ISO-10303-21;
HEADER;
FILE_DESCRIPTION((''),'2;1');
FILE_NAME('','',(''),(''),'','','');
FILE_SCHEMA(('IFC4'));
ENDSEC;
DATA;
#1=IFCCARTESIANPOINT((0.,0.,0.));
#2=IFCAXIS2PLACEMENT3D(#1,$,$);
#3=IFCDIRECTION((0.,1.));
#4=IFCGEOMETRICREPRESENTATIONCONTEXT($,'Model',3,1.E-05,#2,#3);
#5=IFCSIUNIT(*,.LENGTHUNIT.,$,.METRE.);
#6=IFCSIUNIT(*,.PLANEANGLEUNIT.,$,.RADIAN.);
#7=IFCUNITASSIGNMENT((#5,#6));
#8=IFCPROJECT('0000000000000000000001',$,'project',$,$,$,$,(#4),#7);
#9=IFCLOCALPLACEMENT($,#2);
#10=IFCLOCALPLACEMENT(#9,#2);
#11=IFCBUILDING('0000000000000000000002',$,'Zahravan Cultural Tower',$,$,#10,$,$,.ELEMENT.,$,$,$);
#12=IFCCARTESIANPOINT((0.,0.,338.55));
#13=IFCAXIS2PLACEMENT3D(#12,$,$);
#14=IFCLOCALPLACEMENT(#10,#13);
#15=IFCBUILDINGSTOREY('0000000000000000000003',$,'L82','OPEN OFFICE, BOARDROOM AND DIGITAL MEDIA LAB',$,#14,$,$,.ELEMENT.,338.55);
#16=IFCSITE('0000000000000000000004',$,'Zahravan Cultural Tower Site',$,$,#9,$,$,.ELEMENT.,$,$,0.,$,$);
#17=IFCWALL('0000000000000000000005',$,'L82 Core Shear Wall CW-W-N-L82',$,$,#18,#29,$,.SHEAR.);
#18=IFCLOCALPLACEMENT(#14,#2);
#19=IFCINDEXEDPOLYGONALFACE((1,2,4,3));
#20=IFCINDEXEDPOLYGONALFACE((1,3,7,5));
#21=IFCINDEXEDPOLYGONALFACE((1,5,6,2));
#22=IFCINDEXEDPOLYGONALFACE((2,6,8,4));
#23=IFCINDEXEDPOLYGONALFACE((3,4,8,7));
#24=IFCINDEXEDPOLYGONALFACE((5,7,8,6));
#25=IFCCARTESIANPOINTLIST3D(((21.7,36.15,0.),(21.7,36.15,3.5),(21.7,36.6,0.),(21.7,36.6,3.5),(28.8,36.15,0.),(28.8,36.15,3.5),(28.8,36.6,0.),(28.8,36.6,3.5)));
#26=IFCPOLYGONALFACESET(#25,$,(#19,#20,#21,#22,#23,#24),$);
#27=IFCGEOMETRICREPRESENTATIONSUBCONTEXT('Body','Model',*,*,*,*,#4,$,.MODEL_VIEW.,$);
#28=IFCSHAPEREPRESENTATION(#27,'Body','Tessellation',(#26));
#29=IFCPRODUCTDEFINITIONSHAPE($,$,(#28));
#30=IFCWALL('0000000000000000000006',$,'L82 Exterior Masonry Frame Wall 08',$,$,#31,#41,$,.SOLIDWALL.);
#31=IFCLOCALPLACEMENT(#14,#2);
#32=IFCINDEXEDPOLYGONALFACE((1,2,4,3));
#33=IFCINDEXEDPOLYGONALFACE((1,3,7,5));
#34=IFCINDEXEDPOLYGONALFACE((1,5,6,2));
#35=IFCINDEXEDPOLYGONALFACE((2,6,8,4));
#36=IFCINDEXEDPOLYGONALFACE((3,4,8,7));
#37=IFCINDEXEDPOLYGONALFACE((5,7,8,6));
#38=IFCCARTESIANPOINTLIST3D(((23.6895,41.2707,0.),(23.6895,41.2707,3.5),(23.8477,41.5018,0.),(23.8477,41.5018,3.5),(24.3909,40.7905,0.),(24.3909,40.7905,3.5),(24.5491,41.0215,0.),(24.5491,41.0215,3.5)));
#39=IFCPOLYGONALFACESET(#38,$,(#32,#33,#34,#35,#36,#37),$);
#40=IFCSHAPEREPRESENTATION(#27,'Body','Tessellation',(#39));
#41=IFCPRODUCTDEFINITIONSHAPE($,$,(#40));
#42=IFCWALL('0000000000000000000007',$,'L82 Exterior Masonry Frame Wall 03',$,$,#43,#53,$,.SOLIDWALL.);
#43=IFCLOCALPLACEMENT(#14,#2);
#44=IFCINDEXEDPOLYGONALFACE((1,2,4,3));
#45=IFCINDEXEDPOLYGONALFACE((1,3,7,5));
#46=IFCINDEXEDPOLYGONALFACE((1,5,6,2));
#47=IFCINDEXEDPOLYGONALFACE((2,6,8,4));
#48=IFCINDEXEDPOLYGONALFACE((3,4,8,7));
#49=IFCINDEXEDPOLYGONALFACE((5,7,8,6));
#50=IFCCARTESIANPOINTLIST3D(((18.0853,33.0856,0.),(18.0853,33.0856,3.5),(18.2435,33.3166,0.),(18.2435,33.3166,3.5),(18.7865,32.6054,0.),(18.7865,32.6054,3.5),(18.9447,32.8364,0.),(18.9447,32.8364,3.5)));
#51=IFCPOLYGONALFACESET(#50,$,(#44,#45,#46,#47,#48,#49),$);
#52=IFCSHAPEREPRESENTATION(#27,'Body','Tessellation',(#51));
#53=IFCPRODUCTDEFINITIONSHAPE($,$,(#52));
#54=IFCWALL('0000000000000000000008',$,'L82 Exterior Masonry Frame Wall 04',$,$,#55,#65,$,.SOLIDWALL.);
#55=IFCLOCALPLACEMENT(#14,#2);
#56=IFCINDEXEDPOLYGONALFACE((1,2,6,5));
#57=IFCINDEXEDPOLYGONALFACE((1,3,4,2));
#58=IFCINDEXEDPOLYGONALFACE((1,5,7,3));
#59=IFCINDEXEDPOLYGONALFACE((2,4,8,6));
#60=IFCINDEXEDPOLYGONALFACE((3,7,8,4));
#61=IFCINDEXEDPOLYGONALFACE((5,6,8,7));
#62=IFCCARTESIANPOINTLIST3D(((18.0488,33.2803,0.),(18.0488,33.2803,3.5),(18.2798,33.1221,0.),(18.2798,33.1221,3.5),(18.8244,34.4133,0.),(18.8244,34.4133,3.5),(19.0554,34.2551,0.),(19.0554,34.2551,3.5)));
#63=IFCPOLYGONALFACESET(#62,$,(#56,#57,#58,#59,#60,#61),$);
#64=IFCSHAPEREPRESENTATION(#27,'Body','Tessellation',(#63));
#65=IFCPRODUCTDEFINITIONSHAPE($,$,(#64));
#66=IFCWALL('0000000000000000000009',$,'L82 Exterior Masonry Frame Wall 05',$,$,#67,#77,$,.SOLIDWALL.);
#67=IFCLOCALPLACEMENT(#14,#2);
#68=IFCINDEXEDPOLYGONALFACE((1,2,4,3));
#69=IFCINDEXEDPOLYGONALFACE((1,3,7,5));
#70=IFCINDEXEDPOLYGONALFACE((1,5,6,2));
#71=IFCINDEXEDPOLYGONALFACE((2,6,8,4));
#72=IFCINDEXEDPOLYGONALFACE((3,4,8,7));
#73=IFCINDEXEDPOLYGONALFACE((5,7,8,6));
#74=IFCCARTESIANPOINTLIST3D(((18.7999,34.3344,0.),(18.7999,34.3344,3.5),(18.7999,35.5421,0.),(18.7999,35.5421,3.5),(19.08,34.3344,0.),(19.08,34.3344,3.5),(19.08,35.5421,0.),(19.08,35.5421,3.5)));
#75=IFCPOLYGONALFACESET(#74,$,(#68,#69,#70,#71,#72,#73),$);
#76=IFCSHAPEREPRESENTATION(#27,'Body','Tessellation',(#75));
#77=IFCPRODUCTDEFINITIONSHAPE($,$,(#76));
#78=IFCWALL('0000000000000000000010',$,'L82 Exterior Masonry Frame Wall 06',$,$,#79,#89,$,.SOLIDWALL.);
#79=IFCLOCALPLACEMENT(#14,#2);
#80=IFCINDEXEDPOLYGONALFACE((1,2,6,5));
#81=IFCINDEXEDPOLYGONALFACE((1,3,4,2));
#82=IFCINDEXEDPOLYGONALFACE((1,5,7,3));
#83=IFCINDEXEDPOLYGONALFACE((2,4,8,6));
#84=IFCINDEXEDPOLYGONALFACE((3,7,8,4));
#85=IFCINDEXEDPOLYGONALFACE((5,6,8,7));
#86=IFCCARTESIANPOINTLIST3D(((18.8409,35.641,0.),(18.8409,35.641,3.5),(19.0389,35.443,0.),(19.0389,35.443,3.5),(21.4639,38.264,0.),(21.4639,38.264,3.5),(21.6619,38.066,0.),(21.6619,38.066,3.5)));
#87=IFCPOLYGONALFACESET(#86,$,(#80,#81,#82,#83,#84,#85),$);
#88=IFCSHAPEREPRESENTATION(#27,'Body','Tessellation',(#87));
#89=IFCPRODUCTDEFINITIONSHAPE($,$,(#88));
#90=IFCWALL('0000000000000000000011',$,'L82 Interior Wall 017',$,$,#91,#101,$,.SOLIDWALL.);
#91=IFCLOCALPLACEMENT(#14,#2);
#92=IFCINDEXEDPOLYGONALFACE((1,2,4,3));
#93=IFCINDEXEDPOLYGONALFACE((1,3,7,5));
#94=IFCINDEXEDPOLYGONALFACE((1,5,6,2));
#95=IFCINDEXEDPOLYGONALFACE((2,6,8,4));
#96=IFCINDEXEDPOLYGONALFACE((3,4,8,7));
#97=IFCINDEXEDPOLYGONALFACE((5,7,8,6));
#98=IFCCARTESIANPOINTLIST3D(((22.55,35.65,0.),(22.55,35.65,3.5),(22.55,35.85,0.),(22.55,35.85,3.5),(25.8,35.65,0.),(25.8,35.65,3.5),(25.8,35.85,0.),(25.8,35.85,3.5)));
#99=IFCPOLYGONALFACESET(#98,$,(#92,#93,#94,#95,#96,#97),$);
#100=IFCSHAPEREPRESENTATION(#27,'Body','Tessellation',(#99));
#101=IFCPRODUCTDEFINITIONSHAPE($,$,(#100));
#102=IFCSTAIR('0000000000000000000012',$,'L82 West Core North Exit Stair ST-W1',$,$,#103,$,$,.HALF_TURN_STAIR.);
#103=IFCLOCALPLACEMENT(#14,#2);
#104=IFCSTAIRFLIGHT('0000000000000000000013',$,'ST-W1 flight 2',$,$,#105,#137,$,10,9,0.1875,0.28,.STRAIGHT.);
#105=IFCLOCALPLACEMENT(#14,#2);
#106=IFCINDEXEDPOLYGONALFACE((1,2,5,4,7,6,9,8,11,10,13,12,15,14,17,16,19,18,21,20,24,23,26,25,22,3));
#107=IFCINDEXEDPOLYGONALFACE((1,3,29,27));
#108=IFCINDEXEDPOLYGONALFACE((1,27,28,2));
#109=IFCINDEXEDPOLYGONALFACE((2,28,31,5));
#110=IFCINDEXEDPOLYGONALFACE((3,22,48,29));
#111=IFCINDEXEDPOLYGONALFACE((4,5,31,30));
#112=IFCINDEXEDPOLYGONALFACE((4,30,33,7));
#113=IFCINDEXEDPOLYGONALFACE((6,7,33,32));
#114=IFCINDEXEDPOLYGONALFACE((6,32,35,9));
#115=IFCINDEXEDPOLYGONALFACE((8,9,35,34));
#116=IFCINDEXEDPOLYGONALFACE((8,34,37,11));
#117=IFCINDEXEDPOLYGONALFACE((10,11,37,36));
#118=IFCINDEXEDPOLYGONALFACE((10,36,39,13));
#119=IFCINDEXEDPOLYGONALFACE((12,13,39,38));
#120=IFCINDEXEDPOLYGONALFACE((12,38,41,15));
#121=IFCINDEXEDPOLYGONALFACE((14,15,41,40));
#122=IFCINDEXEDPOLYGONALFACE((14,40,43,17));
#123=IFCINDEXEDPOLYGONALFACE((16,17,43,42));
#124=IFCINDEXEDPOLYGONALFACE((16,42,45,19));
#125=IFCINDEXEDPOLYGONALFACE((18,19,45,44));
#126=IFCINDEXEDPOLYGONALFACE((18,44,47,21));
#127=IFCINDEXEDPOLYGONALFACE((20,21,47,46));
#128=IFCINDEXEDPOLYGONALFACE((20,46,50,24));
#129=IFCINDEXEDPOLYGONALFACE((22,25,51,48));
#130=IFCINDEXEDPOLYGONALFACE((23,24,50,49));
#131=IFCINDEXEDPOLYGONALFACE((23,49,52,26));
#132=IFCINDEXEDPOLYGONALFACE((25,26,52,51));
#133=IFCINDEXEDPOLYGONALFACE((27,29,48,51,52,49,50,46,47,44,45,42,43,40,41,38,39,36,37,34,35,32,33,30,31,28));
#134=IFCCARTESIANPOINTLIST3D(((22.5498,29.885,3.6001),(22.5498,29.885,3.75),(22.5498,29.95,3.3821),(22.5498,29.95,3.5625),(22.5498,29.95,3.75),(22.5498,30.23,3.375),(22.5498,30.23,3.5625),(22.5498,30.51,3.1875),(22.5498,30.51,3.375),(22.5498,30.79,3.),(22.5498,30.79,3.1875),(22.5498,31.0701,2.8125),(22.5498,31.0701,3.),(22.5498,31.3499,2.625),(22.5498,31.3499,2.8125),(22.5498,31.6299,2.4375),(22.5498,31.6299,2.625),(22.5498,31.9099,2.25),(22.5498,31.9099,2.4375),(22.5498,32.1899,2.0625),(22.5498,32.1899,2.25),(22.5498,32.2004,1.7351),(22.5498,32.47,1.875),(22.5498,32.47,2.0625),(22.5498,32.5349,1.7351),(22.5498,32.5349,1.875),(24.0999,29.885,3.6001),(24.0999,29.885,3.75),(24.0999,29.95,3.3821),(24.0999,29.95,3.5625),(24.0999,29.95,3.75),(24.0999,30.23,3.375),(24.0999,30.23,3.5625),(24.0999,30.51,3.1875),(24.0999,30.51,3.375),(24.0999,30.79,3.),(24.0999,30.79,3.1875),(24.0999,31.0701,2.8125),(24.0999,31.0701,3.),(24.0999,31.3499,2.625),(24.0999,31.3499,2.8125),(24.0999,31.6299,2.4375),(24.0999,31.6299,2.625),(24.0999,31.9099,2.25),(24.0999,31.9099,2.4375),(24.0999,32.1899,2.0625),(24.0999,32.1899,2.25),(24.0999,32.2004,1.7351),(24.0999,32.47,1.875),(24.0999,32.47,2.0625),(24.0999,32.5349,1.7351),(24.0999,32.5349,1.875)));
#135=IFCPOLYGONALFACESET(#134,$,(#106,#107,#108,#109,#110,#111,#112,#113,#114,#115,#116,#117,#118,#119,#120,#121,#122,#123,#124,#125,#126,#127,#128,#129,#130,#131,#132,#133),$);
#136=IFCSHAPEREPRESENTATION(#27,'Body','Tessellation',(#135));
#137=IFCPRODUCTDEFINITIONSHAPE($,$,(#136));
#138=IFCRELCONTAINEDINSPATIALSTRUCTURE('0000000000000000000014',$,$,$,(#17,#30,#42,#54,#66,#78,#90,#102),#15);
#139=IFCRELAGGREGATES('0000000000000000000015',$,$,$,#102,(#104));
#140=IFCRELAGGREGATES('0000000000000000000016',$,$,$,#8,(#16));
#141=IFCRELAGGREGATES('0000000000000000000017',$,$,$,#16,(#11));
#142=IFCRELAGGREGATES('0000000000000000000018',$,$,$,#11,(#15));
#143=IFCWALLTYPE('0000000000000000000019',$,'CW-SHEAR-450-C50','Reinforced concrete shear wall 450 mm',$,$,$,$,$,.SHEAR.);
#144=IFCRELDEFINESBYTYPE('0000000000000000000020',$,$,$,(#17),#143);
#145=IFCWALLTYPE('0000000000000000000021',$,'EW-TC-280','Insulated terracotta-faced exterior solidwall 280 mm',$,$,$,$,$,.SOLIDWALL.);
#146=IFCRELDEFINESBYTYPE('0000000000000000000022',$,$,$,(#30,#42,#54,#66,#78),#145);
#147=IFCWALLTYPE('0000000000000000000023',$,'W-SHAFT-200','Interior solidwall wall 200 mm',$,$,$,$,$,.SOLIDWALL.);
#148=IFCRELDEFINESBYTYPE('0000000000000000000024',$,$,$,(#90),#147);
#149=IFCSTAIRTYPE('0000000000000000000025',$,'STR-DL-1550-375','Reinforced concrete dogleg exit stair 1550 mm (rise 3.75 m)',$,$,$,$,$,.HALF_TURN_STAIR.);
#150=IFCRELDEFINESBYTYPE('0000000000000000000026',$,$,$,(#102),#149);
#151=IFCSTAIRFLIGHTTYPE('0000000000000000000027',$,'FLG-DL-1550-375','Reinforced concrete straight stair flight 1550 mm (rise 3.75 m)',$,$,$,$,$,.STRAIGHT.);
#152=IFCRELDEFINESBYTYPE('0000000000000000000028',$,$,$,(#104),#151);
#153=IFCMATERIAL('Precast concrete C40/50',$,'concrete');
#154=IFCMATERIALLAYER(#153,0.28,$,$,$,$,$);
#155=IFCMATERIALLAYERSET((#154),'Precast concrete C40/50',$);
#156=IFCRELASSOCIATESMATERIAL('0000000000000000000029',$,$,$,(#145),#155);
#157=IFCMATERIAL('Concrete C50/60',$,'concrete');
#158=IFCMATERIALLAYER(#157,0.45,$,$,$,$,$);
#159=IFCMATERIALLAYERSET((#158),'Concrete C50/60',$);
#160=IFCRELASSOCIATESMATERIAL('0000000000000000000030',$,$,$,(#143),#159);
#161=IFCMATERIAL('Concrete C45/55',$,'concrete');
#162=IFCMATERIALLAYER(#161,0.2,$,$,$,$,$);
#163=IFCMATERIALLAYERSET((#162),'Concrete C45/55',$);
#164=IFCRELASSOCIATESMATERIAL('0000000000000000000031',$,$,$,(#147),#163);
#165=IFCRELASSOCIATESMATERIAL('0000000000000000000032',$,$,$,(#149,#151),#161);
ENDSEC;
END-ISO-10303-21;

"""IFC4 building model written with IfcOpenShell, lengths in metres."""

from ifc_helpers import new_model, si_unit, direction, frame, frame_2d, origin, place, context, subcontext, project, spatial, polyline, rectangle, outline, extrude, source, transform, mapped, material, layer, layer_set, type_object, element, aggregate, save


model = new_model("IFC4")

# Units and contexts
model_context = context("Model", 3, precision=1e-05, world=origin(), true_north=direction((0.0, 1.0)))
body_context = subcontext(model_context, "Body", "Model", "MODEL_VIEW")
ifc_project = project(units=[si_unit("LENGTHUNIT", "METRE"), si_unit("PLANEANGLEUNIT", "RADIAN")], contexts=[model_context])

# Site, building, storey
site_placement = place(None, origin())
site = spatial("IfcSite", under=ifc_project, at=site_placement, Name="Zahravan Cultural Tower Site", CompositionType="ELEMENT", RefElevation=0.0)
building_placement = place(site_placement, origin())
building = spatial("IfcBuilding", under=site, at=building_placement, Name="Zahravan Cultural Tower", CompositionType="ELEMENT")
storey_placement = place(building_placement, frame((0.0, 0.0, 338.55)))
storey = spatial("IfcBuildingStorey", under=building, at=storey_placement, Name="L82", Description="OPEN OFFICE, BOARDROOM AND DIGITAL MEDIA LAB", CompositionType="ELEMENT", Elevation=338.55)

# Shared definitions
ifc_material_1 = material(Name="Concrete C50/60", Category="concrete")

# Shared definitions
ifc_material_2 = material(Name="Precast concrete C40/50", Category="concrete")
ifc_layer_1 = layer(ifc_material_2, 0.28)
ifc_layer_set_1 = layer_set([ifc_layer_1], Name="Precast concrete C40/50")
wall_type_1 = type_object("IfcWallType", Name="EW-TC-280", Description="Insulated terracotta-faced exterior solidwall 280 mm", PredefinedType="SOLIDWALL", material=ifc_layer_set_1)

# Walls
ifc_layer_2 = layer(ifc_material_1, 0.45)
ifc_layer_set_2 = layer_set([ifc_layer_2], Name="Concrete C50/60")
wall_type_2 = type_object("IfcWallType", Name="CW-SHEAR-450-C50", Description="Reinforced concrete shear wall 450 mm", PredefinedType="SHEAR", material=ifc_layer_set_2)
shared_shape_1 = source(origin(), body_context, "Body", "SweptSolid", [
    extrude(rectangle(XDim=7.1001, YDim=0.45, at=frame_2d((3.55, 0.0))), origin(), (0.0, 0.0, 1.0), 3.5),
])
wall_1_placement = place(storey_placement, frame((21.7, 36.375, 0.0), z_axis=(0.0, 0.0, 1.0), x_axis=(1.0, 0.0, 0.0)))
element("IfcWall", 1, at=wall_1_placement, inside=storey, type_object=wall_type_2, Name="L82 Core Shear Wall CW-W-N-L82", PredefinedType="SHEAR", context=body_context, shape_type="MappedRepresentation", body=[
    mapped(shared_shape_1, transform((0.0, 0.0, 0.0), x_axis=(1.0, 0.0, 0.0), y_axis=(0.0, 1.0, 0.0), z_axis=(0.0, 0.0, 1.0), scale=1.0)),
])
shared_shape_2 = source(origin(), body_context, "Body", "SweptSolid", [
    extrude(rectangle(XDim=0.8501, YDim=0.28, at=frame_2d((0.425, 0.0))), origin(), (0.0, 0.0, 1.0), 3.5),
])
wall_2_placement = place(storey_placement, frame((23.7686, 41.3862, 0.0), z_axis=(0.0, 0.0, 1.0), x_axis=(0.825138, -0.564931, 0.0)))
element("IfcWall", 2, at=wall_2_placement, inside=storey, type_object=wall_type_1, Name="L82 Exterior Masonry Frame Wall 08", PredefinedType="SOLIDWALL", context=body_context, shape_type="MappedRepresentation", body=[
    mapped(shared_shape_2, transform((0.0, 0.0, 0.0), x_axis=(1.0, 0.0, 0.0), y_axis=(0.0, 1.0, 0.0), z_axis=(0.0, 0.0, 1.0), scale=1.0)),
])
shared_shape_3 = source(origin(), body_context, "Body", "SweptSolid", [
    extrude(rectangle(XDim=0.8499, YDim=0.28, at=frame_2d((0.4248, 0.0))), origin(), (0.0, 0.0, 1.0), 3.5),
])
wall_3_placement = place(storey_placement, frame((18.8655, 32.7209, 0.0), z_axis=(0.0, 0.0, 1.0), x_axis=(-0.825046, 0.565065, 0.0)))
element("IfcWall", 3, at=wall_3_placement, inside=storey, type_object=wall_type_1, Name="L82 Exterior Masonry Frame Wall 03", PredefinedType="SOLIDWALL", context=body_context, shape_type="MappedRepresentation", body=[
    mapped(shared_shape_3, transform((0.0, 0.0, 0.0), x_axis=(1.0, 0.0, 0.0), y_axis=(0.0, 1.0, 0.0), z_axis=(0.0, 0.0, 1.0), scale=1.0)),
])
shared_shape_4 = source(origin(), body_context, "Body", "SweptSolid", [
    extrude(rectangle(XDim=1.373, YDim=0.28, at=frame_2d((0.6865, 0.0))), origin(), (0.0, 0.0, 1.0), 3.5),
])
wall_4_placement = place(storey_placement, frame((18.1643, 33.2012, 0.0), z_axis=(0.0, 0.0, 1.0), x_axis=(0.564875, 0.825176, 0.0)))
element("IfcWall", 4, at=wall_4_placement, inside=storey, type_object=wall_type_1, Name="L82 Exterior Masonry Frame Wall 04", PredefinedType="SOLIDWALL", context=body_context, shape_type="MappedRepresentation", body=[
    mapped(shared_shape_4, transform((0.0, 0.0, 0.0), x_axis=(1.0, 0.0, 0.0), y_axis=(0.0, 1.0, 0.0), z_axis=(0.0, 0.0, 1.0), scale=1.0)),
])
shared_shape_5 = source(origin(), body_context, "Body", "SweptSolid", [
    extrude(rectangle(XDim=1.2078, YDim=0.28, at=frame_2d((0.604, 0.0))), origin(), (0.0, 0.0, 1.0), 3.5),
])
wall_5_placement = place(storey_placement, frame((18.9399, 34.3342, 0.0), z_axis=(0.0, 0.0, 1.0), x_axis=(0.0, 1.0, 0.0)))
element("IfcWall", 5, at=wall_5_placement, inside=storey, type_object=wall_type_1, Name="L82 Exterior Masonry Frame Wall 05", PredefinedType="SOLIDWALL", context=body_context, shape_type="MappedRepresentation", body=[
    mapped(shared_shape_5, transform((0.0, 0.0, 0.0), x_axis=(1.0, 0.0, 0.0), y_axis=(0.0, 1.0, 0.0), z_axis=(0.0, 0.0, 1.0), scale=1.0)),
])
shared_shape_6 = source(origin(), body_context, "Body", "SweptSolid", [
    extrude(rectangle(XDim=3.7095, YDim=0.28, at=frame_2d((1.8547, 0.0))), origin(), (0.0, 0.0, 1.0), 3.5),
])
wall_6_placement = place(storey_placement, frame((18.9399, 35.542, 0.0), z_axis=(0.0, 0.0, 1.0), x_axis=(0.707107, 0.707107, 0.0)))
element("IfcWall", 6, at=wall_6_placement, inside=storey, type_object=wall_type_1, Name="L82 Exterior Masonry Frame Wall 06", PredefinedType="SOLIDWALL", context=body_context, shape_type="MappedRepresentation", body=[
    mapped(shared_shape_6, transform((0.0, 0.0, 0.0), x_axis=(1.0, 0.0, 0.0), y_axis=(0.0, 1.0, 0.0), z_axis=(0.0, 0.0, 1.0), scale=1.0)),
])
ifc_material_3 = material(Name="Concrete C45/55", Category="concrete")
ifc_layer_3 = layer(ifc_material_3, 0.2)
ifc_layer_set_3 = layer_set([ifc_layer_3], Name="Concrete C45/55")
wall_type_3 = type_object("IfcWallType", Name="W-SHAFT-200", Description="Interior solidwall wall 200 mm", PredefinedType="SOLIDWALL", material=ifc_layer_set_3)
shared_shape_7 = source(origin(), body_context, "Body", "SweptSolid", [
    extrude(rectangle(XDim=3.25, YDim=0.2, at=frame_2d((1.625, 0.0))), origin(), (0.0, 0.0, 1.0), 3.5),
])
wall_7_placement = place(storey_placement, frame((22.55, 35.75, 0.0), z_axis=(0.0, 0.0, 1.0), x_axis=(1.0, 0.0, 0.0)))
element("IfcWall", 7, at=wall_7_placement, inside=storey, type_object=wall_type_3, Name="L82 Interior Wall 017", PredefinedType="SOLIDWALL", context=body_context, shape_type="MappedRepresentation", body=[
    mapped(shared_shape_7, transform((0.0, 0.0, 0.0), x_axis=(1.0, 0.0, 0.0), y_axis=(0.0, 1.0, 0.0), z_axis=(0.0, 0.0, 1.0), scale=1.0)),
])

# Stair, stair flight
stair_type = type_object("IfcStairType", Name="STR-DL-1550-375", Description="Reinforced concrete dogleg exit stair 1550 mm (rise 3.75 m)", PredefinedType="HALF_TURN_STAIR", material=ifc_material_3)
stair_placement = place(storey_placement, origin())
stair = element("IfcStair", 8, at=stair_placement, inside=storey, type_object=stair_type, Name="L82 West Core North Exit Stair ST-W1", PredefinedType="HALF_TURN_STAIR")
stair_flight_type = type_object("IfcStairFlightType", Name="FLG-DL-1550-375", Description="Reinforced concrete straight stair flight 1550 mm (rise 3.75 m)", PredefinedType="STRAIGHT", material=ifc_material_3)
stair_flight_placement = place(storey_placement, frame((23.325, 32.47, 1.875), z_axis=(0.0, 0.0, 1.0), x_axis=(0.0, -1.0, 0.0)))
stair_flight = element("IfcStairFlight", 9, at=stair_flight_placement, type_object=stair_flight_type, Name="ST-W1 flight 2", NumberOfRisers=10, NumberOfTreads=9, PredefinedType="STRAIGHT", RiserHeight=0.1875, TreadLength=0.28, context=body_context, shape_type="SweptSolid", body=[
    extrude(outline(polyline([(-0.0649, -0.1399), (-0.0649, 0.0), (0.0, 0.0), (0.0, 0.1875), (0.28, 0.1875), (0.28, 0.375), (0.5601, 0.375), (0.5601, 0.5625), (0.8401, 0.5625), (0.8401, 0.75), (1.1201, 0.75), (1.1201, 0.9375), (1.3999, 0.9375), (1.3999, 1.125), (1.6799, 1.125), (1.6799, 1.3125), (1.96, 1.3125), (1.96, 1.5), (2.24, 1.5), (2.24, 1.6875), (2.52, 1.6875), (2.52, 1.875), (2.585, 1.875), (2.585, 1.7251), (2.52, 1.5071), (0.2695, -0.1399), (-0.0649, -0.1399)])), frame((0.0, 0.7749, 0.0), z_axis=(0.0, -1.0, 0.0), x_axis=(1.0, 0.0, 0.0)), (0.0, 0.0, 1.0), 1.55),
])
aggregate(stair, [stair_flight])

save(model, "model.ifc")
